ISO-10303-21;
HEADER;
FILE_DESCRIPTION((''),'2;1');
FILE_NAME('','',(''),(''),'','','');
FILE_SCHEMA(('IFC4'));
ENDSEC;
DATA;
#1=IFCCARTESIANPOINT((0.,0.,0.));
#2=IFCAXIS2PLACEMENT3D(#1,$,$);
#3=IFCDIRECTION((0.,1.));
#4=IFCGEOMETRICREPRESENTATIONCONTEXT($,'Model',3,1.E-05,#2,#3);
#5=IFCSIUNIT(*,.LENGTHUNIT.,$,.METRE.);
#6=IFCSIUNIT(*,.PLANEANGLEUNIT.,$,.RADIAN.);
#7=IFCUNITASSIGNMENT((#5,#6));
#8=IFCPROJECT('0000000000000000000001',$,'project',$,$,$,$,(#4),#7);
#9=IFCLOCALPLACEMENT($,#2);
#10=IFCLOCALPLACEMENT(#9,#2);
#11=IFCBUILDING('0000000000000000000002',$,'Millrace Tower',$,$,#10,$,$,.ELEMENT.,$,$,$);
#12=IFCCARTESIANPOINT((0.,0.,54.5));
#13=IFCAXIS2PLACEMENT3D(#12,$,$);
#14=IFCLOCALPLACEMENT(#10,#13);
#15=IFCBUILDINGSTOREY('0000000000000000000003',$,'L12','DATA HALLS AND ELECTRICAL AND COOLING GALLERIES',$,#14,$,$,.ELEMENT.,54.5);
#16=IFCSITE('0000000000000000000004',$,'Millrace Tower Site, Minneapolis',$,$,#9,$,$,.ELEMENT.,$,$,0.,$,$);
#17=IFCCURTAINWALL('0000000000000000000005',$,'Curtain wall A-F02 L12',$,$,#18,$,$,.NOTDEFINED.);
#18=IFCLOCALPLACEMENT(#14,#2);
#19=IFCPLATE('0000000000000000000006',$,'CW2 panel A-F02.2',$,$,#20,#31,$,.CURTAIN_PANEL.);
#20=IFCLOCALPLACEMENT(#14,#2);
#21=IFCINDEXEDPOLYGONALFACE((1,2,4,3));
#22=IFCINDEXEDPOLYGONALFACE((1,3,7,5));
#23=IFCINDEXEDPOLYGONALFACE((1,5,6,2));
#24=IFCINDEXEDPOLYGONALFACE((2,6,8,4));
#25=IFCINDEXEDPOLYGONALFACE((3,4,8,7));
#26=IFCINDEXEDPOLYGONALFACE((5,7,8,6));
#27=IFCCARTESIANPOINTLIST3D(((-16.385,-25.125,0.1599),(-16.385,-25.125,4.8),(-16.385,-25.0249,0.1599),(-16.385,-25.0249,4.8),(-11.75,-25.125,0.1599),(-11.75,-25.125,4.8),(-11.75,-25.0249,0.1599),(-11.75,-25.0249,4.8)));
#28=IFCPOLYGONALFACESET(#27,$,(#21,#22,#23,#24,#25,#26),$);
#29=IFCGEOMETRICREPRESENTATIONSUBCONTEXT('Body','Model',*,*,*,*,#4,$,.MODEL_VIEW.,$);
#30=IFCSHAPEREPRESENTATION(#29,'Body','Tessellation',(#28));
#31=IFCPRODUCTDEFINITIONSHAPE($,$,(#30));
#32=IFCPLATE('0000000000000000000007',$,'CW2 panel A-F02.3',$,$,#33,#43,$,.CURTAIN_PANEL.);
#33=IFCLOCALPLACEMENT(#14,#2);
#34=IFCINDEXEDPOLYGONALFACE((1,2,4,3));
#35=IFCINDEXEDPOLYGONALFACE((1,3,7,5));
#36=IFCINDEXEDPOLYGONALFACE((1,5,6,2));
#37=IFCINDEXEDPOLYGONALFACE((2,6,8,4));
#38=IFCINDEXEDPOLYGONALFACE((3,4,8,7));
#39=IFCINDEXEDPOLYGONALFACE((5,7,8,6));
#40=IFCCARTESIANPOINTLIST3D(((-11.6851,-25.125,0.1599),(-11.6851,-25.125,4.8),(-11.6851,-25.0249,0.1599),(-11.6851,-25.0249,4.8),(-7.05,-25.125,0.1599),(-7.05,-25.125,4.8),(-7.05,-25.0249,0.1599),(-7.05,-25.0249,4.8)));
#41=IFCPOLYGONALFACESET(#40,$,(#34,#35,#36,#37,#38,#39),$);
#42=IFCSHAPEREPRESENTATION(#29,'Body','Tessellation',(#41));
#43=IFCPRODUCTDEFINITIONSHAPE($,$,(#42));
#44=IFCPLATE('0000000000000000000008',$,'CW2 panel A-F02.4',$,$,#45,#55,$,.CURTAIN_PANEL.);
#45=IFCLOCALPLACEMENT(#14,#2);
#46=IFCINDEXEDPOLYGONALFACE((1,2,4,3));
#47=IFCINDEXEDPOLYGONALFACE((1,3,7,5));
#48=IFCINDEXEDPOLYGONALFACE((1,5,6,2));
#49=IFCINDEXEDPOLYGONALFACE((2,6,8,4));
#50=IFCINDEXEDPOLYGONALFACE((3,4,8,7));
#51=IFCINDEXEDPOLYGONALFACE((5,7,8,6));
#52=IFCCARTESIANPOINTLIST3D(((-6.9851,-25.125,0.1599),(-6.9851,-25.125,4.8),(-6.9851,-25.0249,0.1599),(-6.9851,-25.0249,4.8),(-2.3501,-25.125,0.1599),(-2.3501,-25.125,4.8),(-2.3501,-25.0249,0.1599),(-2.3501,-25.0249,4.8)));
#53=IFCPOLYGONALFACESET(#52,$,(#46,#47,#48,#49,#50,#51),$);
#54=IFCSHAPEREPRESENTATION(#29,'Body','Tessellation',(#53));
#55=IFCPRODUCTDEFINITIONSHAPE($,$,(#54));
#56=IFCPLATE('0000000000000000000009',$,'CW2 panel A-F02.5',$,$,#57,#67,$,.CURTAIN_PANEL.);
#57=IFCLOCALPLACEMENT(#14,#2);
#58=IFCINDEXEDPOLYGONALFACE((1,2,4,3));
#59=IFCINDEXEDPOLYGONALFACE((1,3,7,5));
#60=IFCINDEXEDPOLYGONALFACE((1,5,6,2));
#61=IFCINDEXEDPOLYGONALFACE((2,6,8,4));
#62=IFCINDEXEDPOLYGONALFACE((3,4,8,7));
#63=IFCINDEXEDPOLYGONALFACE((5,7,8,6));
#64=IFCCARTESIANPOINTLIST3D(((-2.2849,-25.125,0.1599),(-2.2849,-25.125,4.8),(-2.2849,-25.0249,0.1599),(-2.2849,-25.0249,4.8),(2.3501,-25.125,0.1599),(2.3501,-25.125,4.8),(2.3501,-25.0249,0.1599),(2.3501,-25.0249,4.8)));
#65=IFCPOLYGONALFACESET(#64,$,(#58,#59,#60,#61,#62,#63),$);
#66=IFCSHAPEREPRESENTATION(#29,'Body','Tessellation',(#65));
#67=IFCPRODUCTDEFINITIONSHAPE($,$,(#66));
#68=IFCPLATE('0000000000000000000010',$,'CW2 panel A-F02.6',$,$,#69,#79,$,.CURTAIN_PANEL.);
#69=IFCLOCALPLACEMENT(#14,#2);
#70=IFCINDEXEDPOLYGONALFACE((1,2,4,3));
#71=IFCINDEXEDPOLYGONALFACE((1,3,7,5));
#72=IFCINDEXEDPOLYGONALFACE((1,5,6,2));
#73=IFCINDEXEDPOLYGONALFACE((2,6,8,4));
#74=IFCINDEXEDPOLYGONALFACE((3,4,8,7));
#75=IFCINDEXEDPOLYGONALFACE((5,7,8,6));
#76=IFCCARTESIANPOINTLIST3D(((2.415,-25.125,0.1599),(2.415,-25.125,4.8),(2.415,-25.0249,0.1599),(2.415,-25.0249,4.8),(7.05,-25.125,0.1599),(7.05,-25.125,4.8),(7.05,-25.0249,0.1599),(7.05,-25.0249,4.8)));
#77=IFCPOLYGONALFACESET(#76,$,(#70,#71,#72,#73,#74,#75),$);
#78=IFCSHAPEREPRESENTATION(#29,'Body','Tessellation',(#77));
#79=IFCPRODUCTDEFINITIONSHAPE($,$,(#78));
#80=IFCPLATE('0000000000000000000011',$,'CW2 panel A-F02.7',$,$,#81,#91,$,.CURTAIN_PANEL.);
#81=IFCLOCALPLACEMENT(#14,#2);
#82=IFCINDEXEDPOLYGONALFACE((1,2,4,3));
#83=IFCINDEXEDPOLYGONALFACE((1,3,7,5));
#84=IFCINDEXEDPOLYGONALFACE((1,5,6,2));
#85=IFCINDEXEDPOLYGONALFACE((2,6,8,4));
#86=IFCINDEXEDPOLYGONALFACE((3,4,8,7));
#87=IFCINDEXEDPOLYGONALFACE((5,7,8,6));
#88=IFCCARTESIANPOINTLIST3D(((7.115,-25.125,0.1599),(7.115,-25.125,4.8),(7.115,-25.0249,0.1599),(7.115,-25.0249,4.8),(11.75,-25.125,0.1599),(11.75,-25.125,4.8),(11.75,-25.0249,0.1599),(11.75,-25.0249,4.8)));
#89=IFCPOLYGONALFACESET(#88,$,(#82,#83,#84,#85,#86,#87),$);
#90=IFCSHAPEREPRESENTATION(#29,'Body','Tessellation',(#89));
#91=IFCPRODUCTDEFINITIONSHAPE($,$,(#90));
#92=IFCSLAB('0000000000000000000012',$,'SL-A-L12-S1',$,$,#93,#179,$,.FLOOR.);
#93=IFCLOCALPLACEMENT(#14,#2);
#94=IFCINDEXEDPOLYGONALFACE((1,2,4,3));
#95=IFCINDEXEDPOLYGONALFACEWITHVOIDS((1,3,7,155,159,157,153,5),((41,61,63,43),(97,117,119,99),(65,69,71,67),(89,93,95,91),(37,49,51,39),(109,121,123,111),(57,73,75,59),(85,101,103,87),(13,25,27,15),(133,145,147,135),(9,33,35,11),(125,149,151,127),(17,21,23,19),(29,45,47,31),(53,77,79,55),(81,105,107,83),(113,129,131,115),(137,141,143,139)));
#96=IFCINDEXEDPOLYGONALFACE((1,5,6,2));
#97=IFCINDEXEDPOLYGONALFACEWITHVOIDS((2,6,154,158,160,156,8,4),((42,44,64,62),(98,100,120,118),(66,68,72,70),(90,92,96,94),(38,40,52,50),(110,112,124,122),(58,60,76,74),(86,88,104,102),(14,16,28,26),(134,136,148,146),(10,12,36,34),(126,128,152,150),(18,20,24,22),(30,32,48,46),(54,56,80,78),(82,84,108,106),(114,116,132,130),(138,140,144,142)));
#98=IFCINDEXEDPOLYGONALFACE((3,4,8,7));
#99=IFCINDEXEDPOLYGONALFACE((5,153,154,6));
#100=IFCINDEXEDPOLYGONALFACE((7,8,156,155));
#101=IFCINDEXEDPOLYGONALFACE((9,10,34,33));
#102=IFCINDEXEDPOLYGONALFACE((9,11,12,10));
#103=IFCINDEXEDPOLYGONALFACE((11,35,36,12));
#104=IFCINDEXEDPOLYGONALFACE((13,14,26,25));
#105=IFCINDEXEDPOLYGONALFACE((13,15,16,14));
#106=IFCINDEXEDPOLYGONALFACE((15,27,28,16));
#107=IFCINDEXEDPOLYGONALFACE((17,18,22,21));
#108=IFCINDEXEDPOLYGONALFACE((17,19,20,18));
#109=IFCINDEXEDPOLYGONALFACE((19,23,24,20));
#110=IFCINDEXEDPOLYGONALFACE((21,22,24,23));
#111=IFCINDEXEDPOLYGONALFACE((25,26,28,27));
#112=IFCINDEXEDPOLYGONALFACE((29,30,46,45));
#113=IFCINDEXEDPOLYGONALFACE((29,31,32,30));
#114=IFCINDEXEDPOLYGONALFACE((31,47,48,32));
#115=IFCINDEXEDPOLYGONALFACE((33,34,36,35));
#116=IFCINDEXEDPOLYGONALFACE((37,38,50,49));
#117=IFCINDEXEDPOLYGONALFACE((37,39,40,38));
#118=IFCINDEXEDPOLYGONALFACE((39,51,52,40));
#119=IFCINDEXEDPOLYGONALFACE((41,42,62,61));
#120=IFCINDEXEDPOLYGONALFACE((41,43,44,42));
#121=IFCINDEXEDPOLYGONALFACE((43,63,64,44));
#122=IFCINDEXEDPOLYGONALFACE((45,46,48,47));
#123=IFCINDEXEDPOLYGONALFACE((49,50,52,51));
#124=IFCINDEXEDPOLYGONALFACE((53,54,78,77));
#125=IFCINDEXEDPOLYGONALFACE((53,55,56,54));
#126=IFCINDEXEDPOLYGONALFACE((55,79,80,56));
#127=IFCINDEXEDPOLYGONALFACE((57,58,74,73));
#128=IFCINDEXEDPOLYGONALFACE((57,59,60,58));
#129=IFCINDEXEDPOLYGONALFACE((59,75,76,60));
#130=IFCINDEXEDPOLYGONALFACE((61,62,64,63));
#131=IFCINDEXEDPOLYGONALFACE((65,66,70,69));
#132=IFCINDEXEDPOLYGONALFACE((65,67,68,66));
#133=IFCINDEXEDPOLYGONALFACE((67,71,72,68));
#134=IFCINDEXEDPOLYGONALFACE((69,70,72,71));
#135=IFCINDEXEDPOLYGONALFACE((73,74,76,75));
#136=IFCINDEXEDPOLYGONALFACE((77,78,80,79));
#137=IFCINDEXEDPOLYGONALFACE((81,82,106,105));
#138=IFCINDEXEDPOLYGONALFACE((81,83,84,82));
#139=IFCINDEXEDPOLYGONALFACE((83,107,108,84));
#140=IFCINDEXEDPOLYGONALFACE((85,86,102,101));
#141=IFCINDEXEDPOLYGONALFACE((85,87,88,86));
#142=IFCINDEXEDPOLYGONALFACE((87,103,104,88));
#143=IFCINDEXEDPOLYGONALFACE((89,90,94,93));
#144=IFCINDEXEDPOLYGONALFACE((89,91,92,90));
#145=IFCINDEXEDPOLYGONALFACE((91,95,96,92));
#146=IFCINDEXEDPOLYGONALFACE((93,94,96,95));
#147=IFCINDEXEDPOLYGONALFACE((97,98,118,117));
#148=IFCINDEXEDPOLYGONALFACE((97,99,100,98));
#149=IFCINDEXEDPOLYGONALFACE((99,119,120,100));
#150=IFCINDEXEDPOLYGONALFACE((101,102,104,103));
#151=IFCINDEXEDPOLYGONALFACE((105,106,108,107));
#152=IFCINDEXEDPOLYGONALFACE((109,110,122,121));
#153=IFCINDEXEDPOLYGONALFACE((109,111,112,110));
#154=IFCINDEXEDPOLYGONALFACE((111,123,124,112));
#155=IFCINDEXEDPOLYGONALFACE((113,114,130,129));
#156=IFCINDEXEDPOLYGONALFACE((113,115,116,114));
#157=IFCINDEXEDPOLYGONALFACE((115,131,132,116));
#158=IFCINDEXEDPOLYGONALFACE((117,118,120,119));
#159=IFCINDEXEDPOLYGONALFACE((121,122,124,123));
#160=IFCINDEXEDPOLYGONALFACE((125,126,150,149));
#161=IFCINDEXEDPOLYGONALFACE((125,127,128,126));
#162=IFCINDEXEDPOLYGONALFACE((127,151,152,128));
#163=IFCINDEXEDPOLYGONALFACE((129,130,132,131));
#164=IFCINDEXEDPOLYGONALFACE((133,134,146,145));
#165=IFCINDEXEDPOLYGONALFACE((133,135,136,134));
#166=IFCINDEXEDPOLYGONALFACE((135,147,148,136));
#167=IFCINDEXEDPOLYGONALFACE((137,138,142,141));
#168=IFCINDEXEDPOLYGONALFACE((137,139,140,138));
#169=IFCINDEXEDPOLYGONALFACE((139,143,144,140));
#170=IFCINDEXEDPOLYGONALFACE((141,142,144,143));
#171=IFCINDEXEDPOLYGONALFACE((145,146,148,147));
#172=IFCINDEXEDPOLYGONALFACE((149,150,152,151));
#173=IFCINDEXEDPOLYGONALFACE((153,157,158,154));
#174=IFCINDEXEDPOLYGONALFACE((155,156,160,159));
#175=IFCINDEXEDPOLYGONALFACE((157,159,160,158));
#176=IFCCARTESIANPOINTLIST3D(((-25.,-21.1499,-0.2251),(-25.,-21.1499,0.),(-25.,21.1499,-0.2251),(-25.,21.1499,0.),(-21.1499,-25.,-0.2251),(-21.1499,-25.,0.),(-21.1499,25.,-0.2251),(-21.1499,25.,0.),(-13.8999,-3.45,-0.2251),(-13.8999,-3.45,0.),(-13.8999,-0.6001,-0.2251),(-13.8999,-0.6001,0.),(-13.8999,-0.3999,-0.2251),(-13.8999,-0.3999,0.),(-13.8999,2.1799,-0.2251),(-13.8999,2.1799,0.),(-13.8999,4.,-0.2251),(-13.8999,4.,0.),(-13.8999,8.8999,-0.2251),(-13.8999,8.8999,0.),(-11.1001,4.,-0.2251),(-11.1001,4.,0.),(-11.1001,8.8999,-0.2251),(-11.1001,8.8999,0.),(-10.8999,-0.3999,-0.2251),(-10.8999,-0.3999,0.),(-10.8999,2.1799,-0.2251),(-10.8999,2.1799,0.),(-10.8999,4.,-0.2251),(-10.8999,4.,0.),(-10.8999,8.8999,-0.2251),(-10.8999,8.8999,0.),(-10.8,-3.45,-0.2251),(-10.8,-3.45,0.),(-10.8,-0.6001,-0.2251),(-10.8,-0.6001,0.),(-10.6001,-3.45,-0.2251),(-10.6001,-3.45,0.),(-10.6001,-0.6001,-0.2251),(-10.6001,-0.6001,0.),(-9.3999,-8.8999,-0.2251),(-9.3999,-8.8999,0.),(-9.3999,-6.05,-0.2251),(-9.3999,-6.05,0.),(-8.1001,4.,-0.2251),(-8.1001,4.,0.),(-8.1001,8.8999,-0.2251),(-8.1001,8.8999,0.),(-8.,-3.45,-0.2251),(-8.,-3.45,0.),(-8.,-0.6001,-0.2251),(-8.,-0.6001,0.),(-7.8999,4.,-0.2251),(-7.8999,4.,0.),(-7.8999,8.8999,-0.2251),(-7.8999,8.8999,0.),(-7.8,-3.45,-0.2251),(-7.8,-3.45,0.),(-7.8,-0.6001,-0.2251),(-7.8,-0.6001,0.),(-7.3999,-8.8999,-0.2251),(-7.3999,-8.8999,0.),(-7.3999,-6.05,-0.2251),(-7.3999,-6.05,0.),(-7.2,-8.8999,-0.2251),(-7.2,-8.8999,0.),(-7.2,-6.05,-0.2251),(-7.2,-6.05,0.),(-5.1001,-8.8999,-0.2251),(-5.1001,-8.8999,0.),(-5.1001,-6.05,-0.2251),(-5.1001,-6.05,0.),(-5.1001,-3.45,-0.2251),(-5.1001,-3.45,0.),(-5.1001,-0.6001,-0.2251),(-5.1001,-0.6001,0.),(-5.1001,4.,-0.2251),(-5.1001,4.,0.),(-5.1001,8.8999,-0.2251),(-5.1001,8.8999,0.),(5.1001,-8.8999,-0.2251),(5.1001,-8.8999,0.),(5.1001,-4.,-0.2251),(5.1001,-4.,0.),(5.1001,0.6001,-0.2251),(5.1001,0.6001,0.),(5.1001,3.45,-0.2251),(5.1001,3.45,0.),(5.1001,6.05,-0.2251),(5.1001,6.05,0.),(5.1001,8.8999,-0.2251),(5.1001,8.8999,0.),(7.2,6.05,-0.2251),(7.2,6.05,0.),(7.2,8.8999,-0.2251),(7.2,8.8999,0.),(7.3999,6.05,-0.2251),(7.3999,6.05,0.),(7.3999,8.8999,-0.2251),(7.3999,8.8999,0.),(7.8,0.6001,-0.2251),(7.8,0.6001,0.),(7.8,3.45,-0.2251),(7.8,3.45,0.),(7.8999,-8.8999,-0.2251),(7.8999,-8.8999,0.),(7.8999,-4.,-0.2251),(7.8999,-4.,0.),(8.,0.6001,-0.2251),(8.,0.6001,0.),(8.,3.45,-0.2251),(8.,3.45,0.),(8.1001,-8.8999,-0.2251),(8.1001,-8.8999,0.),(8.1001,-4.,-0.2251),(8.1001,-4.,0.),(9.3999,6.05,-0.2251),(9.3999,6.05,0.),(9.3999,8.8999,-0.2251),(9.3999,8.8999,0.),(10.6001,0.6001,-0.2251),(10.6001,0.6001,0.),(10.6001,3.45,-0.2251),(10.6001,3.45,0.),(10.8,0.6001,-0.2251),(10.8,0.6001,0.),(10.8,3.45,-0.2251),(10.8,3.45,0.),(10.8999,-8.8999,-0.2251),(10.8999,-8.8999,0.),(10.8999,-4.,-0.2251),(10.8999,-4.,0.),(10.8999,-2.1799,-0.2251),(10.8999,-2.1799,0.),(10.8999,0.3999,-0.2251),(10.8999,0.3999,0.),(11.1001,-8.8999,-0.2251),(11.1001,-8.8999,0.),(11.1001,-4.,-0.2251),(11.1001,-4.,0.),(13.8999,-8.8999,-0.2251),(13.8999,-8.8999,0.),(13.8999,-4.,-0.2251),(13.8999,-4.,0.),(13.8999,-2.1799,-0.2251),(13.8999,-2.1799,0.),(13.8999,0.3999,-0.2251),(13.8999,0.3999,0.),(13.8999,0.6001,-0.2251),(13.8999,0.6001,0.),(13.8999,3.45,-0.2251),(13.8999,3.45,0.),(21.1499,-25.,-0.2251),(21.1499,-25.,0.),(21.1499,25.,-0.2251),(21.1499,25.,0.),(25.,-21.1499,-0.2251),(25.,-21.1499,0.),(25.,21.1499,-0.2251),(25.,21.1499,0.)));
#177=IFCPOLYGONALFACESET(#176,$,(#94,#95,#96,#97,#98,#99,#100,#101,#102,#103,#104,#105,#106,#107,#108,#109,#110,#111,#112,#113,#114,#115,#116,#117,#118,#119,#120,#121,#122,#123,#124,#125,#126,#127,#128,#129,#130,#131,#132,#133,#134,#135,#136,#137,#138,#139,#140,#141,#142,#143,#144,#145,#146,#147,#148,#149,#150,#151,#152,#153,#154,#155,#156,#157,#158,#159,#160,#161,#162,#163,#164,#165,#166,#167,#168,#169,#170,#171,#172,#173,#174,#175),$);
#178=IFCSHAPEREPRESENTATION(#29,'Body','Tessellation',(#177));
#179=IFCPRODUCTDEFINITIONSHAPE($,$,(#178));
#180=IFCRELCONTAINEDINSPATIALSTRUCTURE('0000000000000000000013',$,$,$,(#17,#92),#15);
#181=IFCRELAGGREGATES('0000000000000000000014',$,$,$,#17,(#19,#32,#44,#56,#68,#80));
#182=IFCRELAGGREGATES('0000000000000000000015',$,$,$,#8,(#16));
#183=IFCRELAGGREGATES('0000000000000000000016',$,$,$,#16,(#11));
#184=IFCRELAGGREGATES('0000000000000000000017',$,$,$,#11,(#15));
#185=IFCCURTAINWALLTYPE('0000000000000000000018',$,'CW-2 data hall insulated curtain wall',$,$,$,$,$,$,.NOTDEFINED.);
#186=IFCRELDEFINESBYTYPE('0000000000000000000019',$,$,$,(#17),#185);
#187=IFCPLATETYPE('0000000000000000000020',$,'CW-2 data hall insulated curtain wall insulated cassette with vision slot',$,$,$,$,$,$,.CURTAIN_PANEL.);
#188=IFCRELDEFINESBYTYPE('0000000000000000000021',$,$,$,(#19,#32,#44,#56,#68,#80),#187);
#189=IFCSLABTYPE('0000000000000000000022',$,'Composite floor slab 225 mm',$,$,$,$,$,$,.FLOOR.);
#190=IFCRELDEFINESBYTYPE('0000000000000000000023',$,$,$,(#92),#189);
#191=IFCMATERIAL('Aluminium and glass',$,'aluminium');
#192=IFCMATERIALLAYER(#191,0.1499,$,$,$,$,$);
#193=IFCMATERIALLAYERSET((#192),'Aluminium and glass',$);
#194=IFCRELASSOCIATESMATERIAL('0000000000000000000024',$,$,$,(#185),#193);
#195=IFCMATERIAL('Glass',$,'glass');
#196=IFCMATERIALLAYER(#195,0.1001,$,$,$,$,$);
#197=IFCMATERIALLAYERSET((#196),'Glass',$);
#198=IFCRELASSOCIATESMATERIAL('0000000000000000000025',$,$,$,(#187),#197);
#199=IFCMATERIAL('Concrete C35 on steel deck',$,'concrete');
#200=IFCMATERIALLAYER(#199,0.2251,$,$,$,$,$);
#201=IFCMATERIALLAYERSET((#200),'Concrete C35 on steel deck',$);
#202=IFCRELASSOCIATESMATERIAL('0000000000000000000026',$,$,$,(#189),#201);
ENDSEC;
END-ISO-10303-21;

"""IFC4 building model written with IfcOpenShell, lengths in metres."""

from ifc_helpers import new_model, si_unit, direction, frame, origin, place, context, subcontext, project, spatial, polyline, outline, extrude, material, layer, layer_set, type_object, element, aggregate, save


model = new_model("IFC4")

# Units and contexts
model_context = context("Model", 3, precision=1e-05, world=origin(), true_north=direction((0.0, 1.0)))
body_context = subcontext(model_context, "Body", "Model", "MODEL_VIEW")
ifc_project = project(units=[si_unit("LENGTHUNIT", "METRE"), si_unit("PLANEANGLEUNIT", "RADIAN")], contexts=[model_context])

# Site, building, storey
site_placement = place(None, origin())
site = spatial("IfcSite", under=ifc_project, at=site_placement, Name="Millrace Tower Site, Minneapolis", CompositionType="ELEMENT", RefElevation=0.0)
building_placement = place(site_placement, origin())
building = spatial("IfcBuilding", under=site, at=building_placement, Name="Millrace Tower", CompositionType="ELEMENT")
storey_placement = place(building_placement, frame((0.0, 0.0, 54.5)))
storey = spatial("IfcBuildingStorey", under=building, at=storey_placement, Name="L12", Description="DATA HALLS AND ELECTRICAL AND COOLING GALLERIES", CompositionType="ELEMENT", Elevation=54.5)

# Shared definitions
ifc_material_1 = material(Name="Aluminium and glass", Category="aluminium")
ifc_layer_1 = layer(ifc_material_1, 0.1499)
ifc_layer_set_1 = layer_set([ifc_layer_1], Name="Aluminium and glass")
curtain_wall_type = type_object("IfcCurtainWallType", Name="CW-2 data hall insulated curtain wall", PredefinedType="NOTDEFINED", material=ifc_layer_set_1)
placement_1 = place(storey_placement, origin())
ifc_material_2 = material(Name="Glass", Category="glass")
ifc_layer_2 = layer(ifc_material_2, 0.1001)
ifc_layer_set_2 = layer_set([ifc_layer_2], Name="Glass")
plate_type = type_object("IfcPlateType", Name="CW-2 data hall insulated curtain wall insulated cassette with vision slot", PredefinedType="CURTAIN_PANEL", material=ifc_layer_set_2)
placement_2 = place(storey_placement, frame((0.0, 0.0, 0.1599)))

# Curtain wall, plates
curtain_wall_1 = element("IfcCurtainWall", 1, at=placement_1, inside=storey, type_object=curtain_wall_type, Name="Curtain wall A-F02 L12", PredefinedType="NOTDEFINED")
plate_1 = element("IfcPlate", 2, at=placement_2, type_object=plate_type, Name="CW2 panel A-F02.2", PredefinedType="CURTAIN_PANEL", context=body_context, shape_type="SweptSolid", body=[
    extrude(outline(polyline([(-16.385, -25.125), (-11.75, -25.125), (-11.75, -25.0249), (-16.385, -25.0249), (-16.385, -25.125)])), origin(), (0.0, 0.0, 1.0), 4.6401),
])
plate_2 = element("IfcPlate", 3, at=placement_2, type_object=plate_type, Name="CW2 panel A-F02.3", PredefinedType="CURTAIN_PANEL", context=body_context, shape_type="SweptSolid", body=[
    extrude(outline(polyline([(-11.6851, -25.125), (-7.05, -25.125), (-7.05, -25.0249), (-11.6851, -25.0249), (-11.6851, -25.125)])), origin(), (0.0, 0.0, 1.0), 4.6401),
])
plate_3 = element("IfcPlate", 4, at=placement_2, type_object=plate_type, Name="CW2 panel A-F02.4", PredefinedType="CURTAIN_PANEL", context=body_context, shape_type="SweptSolid", body=[
    extrude(outline(polyline([(-6.9851, -25.125), (-2.3501, -25.125), (-2.3501, -25.0249), (-6.9851, -25.0249), (-6.9851, -25.125)])), origin(), (0.0, 0.0, 1.0), 4.6401),
])
plate_4 = element("IfcPlate", 5, at=placement_2, type_object=plate_type, Name="CW2 panel A-F02.5", PredefinedType="CURTAIN_PANEL", context=body_context, shape_type="SweptSolid", body=[
    extrude(outline(polyline([(-2.2849, -25.125), (2.3501, -25.125), (2.3501, -25.0249), (-2.2849, -25.0249), (-2.2849, -25.125)])), origin(), (0.0, 0.0, 1.0), 4.6401),
])
plate_5 = element("IfcPlate", 6, at=placement_2, type_object=plate_type, Name="CW2 panel A-F02.6", PredefinedType="CURTAIN_PANEL", context=body_context, shape_type="SweptSolid", body=[
    extrude(outline(polyline([(2.415, -25.125), (7.05, -25.125), (7.05, -25.0249), (2.415, -25.0249), (2.415, -25.125)])), origin(), (0.0, 0.0, 1.0), 4.6401),
])
plate_6 = element("IfcPlate", 7, at=placement_2, type_object=plate_type, Name="CW2 panel A-F02.7", PredefinedType="CURTAIN_PANEL", context=body_context, shape_type="SweptSolid", body=[
    extrude(outline(polyline([(7.115, -25.125), (11.75, -25.125), (11.75, -25.0249), (7.115, -25.0249), (7.115, -25.125)])), origin(), (0.0, 0.0, 1.0), 4.6401),
])
aggregate(curtain_wall_1, [plate_1, plate_2, plate_3, plate_4, plate_5, plate_6])

# Slab
ifc_material_3 = material(Name="Concrete C35 on steel deck", Category="concrete")
ifc_layer_3 = layer(ifc_material_3, 0.2251)
ifc_layer_set_3 = layer_set([ifc_layer_3], Name="Concrete C35 on steel deck")
slab_type = type_object("IfcSlabType", Name="Composite floor slab 225 mm", PredefinedType="FLOOR", material=ifc_layer_set_3)
slab_placement = place(storey_placement, frame((0.0, 0.0, -0.2251)))
element("IfcSlab", 8, at=slab_placement, inside=storey, type_object=slab_type, Name="SL-A-L12-S1", PredefinedType="FLOOR", context=body_context, shape_type="SweptSolid", body=[
    extrude(outline(polyline([(-25.0, -21.1499), (-21.1499, -25.0), (21.1499, -25.0), (25.0, -21.1499), (25.0, 21.1499), (21.1499, 25.0), (-21.1499, 25.0), (-25.0, 21.1499), (-25.0, -21.1499)]), holes=[polyline([(-9.3999, -8.8999), (-7.3999, -8.8999), (-7.3999, -6.05), (-9.3999, -6.05), (-9.3999, -8.8999)]), polyline([(-7.2, -8.8999), (-5.1001, -8.8999), (-5.1001, -6.05), (-7.2, -6.05), (-7.2, -8.8999)]), polyline([(-13.8999, -3.45), (-10.8, -3.45), (-10.8, -0.6001), (-13.8999, -0.6001), (-13.8999, -3.45)]), polyline([(-10.6001, -3.45), (-8.0, -3.45), (-8.0, -0.6001), (-10.6001, -0.6001), (-10.6001, -3.45)]), polyline([(-7.8, -3.45), (-5.1001, -3.45), (-5.1001, -0.6001), (-7.8, -0.6001), (-7.8, -3.45)]), polyline([(-13.8999, -0.3999), (-10.8999, -0.3999), (-10.8999, 2.1799), (-13.8999, 2.1799), (-13.8999, -0.3999)]), polyline([(-13.8999, 4.0), (-11.1001, 4.0), (-11.1001, 8.8999), (-13.8999, 8.8999), (-13.8999, 4.0)]), polyline([(-10.8999, 4.0), (-8.1001, 4.0), (-8.1001, 8.8999), (-10.8999, 8.8999), (-10.8999, 4.0)]), polyline([(-7.8999, 4.0), (-5.1001, 4.0), (-5.1001, 8.8999), (-7.8999, 8.8999), (-7.8999, 4.0)]), polyline([(7.3999, 6.05), (9.3999, 6.05), (9.3999, 8.8999), (7.3999, 8.8999), (7.3999, 6.05)]), polyline([(5.1001, 6.05), (7.2, 6.05), (7.2, 8.8999), (5.1001, 8.8999), (5.1001, 6.05)]), polyline([(10.8, 0.6001), (13.8999, 0.6001), (13.8999, 3.45), (10.8, 3.45), (10.8, 0.6001)]), polyline([(8.0, 0.6001), (10.6001, 0.6001), (10.6001, 3.45), (8.0, 3.45), (8.0, 0.6001)]), polyline([(5.1001, 0.6001), (7.8, 0.6001), (7.8, 3.45), (5.1001, 3.45), (5.1001, 0.6001)]), polyline([(10.8999, -2.1799), (13.8999, -2.1799), (13.8999, 0.3999), (10.8999, 0.3999), (10.8999, -2.1799)]), polyline([(11.1001, -8.8999), (13.8999, -8.8999), (13.8999, -4.0), (11.1001, -4.0), (11.1001, -8.8999)]), polyline([(8.1001, -8.8999), (10.8999, -8.8999), (10.8999, -4.0), (8.1001, -4.0), (8.1001, -8.8999)]), polyline([(5.1001, -8.8999), (7.8999, -8.8999), (7.8999, -4.0), (5.1001, -4.0), (5.1001, -8.8999)])]), origin(), (0.0, 0.0, 1.0), 0.2251),
])

save(model, "model.ifc")
